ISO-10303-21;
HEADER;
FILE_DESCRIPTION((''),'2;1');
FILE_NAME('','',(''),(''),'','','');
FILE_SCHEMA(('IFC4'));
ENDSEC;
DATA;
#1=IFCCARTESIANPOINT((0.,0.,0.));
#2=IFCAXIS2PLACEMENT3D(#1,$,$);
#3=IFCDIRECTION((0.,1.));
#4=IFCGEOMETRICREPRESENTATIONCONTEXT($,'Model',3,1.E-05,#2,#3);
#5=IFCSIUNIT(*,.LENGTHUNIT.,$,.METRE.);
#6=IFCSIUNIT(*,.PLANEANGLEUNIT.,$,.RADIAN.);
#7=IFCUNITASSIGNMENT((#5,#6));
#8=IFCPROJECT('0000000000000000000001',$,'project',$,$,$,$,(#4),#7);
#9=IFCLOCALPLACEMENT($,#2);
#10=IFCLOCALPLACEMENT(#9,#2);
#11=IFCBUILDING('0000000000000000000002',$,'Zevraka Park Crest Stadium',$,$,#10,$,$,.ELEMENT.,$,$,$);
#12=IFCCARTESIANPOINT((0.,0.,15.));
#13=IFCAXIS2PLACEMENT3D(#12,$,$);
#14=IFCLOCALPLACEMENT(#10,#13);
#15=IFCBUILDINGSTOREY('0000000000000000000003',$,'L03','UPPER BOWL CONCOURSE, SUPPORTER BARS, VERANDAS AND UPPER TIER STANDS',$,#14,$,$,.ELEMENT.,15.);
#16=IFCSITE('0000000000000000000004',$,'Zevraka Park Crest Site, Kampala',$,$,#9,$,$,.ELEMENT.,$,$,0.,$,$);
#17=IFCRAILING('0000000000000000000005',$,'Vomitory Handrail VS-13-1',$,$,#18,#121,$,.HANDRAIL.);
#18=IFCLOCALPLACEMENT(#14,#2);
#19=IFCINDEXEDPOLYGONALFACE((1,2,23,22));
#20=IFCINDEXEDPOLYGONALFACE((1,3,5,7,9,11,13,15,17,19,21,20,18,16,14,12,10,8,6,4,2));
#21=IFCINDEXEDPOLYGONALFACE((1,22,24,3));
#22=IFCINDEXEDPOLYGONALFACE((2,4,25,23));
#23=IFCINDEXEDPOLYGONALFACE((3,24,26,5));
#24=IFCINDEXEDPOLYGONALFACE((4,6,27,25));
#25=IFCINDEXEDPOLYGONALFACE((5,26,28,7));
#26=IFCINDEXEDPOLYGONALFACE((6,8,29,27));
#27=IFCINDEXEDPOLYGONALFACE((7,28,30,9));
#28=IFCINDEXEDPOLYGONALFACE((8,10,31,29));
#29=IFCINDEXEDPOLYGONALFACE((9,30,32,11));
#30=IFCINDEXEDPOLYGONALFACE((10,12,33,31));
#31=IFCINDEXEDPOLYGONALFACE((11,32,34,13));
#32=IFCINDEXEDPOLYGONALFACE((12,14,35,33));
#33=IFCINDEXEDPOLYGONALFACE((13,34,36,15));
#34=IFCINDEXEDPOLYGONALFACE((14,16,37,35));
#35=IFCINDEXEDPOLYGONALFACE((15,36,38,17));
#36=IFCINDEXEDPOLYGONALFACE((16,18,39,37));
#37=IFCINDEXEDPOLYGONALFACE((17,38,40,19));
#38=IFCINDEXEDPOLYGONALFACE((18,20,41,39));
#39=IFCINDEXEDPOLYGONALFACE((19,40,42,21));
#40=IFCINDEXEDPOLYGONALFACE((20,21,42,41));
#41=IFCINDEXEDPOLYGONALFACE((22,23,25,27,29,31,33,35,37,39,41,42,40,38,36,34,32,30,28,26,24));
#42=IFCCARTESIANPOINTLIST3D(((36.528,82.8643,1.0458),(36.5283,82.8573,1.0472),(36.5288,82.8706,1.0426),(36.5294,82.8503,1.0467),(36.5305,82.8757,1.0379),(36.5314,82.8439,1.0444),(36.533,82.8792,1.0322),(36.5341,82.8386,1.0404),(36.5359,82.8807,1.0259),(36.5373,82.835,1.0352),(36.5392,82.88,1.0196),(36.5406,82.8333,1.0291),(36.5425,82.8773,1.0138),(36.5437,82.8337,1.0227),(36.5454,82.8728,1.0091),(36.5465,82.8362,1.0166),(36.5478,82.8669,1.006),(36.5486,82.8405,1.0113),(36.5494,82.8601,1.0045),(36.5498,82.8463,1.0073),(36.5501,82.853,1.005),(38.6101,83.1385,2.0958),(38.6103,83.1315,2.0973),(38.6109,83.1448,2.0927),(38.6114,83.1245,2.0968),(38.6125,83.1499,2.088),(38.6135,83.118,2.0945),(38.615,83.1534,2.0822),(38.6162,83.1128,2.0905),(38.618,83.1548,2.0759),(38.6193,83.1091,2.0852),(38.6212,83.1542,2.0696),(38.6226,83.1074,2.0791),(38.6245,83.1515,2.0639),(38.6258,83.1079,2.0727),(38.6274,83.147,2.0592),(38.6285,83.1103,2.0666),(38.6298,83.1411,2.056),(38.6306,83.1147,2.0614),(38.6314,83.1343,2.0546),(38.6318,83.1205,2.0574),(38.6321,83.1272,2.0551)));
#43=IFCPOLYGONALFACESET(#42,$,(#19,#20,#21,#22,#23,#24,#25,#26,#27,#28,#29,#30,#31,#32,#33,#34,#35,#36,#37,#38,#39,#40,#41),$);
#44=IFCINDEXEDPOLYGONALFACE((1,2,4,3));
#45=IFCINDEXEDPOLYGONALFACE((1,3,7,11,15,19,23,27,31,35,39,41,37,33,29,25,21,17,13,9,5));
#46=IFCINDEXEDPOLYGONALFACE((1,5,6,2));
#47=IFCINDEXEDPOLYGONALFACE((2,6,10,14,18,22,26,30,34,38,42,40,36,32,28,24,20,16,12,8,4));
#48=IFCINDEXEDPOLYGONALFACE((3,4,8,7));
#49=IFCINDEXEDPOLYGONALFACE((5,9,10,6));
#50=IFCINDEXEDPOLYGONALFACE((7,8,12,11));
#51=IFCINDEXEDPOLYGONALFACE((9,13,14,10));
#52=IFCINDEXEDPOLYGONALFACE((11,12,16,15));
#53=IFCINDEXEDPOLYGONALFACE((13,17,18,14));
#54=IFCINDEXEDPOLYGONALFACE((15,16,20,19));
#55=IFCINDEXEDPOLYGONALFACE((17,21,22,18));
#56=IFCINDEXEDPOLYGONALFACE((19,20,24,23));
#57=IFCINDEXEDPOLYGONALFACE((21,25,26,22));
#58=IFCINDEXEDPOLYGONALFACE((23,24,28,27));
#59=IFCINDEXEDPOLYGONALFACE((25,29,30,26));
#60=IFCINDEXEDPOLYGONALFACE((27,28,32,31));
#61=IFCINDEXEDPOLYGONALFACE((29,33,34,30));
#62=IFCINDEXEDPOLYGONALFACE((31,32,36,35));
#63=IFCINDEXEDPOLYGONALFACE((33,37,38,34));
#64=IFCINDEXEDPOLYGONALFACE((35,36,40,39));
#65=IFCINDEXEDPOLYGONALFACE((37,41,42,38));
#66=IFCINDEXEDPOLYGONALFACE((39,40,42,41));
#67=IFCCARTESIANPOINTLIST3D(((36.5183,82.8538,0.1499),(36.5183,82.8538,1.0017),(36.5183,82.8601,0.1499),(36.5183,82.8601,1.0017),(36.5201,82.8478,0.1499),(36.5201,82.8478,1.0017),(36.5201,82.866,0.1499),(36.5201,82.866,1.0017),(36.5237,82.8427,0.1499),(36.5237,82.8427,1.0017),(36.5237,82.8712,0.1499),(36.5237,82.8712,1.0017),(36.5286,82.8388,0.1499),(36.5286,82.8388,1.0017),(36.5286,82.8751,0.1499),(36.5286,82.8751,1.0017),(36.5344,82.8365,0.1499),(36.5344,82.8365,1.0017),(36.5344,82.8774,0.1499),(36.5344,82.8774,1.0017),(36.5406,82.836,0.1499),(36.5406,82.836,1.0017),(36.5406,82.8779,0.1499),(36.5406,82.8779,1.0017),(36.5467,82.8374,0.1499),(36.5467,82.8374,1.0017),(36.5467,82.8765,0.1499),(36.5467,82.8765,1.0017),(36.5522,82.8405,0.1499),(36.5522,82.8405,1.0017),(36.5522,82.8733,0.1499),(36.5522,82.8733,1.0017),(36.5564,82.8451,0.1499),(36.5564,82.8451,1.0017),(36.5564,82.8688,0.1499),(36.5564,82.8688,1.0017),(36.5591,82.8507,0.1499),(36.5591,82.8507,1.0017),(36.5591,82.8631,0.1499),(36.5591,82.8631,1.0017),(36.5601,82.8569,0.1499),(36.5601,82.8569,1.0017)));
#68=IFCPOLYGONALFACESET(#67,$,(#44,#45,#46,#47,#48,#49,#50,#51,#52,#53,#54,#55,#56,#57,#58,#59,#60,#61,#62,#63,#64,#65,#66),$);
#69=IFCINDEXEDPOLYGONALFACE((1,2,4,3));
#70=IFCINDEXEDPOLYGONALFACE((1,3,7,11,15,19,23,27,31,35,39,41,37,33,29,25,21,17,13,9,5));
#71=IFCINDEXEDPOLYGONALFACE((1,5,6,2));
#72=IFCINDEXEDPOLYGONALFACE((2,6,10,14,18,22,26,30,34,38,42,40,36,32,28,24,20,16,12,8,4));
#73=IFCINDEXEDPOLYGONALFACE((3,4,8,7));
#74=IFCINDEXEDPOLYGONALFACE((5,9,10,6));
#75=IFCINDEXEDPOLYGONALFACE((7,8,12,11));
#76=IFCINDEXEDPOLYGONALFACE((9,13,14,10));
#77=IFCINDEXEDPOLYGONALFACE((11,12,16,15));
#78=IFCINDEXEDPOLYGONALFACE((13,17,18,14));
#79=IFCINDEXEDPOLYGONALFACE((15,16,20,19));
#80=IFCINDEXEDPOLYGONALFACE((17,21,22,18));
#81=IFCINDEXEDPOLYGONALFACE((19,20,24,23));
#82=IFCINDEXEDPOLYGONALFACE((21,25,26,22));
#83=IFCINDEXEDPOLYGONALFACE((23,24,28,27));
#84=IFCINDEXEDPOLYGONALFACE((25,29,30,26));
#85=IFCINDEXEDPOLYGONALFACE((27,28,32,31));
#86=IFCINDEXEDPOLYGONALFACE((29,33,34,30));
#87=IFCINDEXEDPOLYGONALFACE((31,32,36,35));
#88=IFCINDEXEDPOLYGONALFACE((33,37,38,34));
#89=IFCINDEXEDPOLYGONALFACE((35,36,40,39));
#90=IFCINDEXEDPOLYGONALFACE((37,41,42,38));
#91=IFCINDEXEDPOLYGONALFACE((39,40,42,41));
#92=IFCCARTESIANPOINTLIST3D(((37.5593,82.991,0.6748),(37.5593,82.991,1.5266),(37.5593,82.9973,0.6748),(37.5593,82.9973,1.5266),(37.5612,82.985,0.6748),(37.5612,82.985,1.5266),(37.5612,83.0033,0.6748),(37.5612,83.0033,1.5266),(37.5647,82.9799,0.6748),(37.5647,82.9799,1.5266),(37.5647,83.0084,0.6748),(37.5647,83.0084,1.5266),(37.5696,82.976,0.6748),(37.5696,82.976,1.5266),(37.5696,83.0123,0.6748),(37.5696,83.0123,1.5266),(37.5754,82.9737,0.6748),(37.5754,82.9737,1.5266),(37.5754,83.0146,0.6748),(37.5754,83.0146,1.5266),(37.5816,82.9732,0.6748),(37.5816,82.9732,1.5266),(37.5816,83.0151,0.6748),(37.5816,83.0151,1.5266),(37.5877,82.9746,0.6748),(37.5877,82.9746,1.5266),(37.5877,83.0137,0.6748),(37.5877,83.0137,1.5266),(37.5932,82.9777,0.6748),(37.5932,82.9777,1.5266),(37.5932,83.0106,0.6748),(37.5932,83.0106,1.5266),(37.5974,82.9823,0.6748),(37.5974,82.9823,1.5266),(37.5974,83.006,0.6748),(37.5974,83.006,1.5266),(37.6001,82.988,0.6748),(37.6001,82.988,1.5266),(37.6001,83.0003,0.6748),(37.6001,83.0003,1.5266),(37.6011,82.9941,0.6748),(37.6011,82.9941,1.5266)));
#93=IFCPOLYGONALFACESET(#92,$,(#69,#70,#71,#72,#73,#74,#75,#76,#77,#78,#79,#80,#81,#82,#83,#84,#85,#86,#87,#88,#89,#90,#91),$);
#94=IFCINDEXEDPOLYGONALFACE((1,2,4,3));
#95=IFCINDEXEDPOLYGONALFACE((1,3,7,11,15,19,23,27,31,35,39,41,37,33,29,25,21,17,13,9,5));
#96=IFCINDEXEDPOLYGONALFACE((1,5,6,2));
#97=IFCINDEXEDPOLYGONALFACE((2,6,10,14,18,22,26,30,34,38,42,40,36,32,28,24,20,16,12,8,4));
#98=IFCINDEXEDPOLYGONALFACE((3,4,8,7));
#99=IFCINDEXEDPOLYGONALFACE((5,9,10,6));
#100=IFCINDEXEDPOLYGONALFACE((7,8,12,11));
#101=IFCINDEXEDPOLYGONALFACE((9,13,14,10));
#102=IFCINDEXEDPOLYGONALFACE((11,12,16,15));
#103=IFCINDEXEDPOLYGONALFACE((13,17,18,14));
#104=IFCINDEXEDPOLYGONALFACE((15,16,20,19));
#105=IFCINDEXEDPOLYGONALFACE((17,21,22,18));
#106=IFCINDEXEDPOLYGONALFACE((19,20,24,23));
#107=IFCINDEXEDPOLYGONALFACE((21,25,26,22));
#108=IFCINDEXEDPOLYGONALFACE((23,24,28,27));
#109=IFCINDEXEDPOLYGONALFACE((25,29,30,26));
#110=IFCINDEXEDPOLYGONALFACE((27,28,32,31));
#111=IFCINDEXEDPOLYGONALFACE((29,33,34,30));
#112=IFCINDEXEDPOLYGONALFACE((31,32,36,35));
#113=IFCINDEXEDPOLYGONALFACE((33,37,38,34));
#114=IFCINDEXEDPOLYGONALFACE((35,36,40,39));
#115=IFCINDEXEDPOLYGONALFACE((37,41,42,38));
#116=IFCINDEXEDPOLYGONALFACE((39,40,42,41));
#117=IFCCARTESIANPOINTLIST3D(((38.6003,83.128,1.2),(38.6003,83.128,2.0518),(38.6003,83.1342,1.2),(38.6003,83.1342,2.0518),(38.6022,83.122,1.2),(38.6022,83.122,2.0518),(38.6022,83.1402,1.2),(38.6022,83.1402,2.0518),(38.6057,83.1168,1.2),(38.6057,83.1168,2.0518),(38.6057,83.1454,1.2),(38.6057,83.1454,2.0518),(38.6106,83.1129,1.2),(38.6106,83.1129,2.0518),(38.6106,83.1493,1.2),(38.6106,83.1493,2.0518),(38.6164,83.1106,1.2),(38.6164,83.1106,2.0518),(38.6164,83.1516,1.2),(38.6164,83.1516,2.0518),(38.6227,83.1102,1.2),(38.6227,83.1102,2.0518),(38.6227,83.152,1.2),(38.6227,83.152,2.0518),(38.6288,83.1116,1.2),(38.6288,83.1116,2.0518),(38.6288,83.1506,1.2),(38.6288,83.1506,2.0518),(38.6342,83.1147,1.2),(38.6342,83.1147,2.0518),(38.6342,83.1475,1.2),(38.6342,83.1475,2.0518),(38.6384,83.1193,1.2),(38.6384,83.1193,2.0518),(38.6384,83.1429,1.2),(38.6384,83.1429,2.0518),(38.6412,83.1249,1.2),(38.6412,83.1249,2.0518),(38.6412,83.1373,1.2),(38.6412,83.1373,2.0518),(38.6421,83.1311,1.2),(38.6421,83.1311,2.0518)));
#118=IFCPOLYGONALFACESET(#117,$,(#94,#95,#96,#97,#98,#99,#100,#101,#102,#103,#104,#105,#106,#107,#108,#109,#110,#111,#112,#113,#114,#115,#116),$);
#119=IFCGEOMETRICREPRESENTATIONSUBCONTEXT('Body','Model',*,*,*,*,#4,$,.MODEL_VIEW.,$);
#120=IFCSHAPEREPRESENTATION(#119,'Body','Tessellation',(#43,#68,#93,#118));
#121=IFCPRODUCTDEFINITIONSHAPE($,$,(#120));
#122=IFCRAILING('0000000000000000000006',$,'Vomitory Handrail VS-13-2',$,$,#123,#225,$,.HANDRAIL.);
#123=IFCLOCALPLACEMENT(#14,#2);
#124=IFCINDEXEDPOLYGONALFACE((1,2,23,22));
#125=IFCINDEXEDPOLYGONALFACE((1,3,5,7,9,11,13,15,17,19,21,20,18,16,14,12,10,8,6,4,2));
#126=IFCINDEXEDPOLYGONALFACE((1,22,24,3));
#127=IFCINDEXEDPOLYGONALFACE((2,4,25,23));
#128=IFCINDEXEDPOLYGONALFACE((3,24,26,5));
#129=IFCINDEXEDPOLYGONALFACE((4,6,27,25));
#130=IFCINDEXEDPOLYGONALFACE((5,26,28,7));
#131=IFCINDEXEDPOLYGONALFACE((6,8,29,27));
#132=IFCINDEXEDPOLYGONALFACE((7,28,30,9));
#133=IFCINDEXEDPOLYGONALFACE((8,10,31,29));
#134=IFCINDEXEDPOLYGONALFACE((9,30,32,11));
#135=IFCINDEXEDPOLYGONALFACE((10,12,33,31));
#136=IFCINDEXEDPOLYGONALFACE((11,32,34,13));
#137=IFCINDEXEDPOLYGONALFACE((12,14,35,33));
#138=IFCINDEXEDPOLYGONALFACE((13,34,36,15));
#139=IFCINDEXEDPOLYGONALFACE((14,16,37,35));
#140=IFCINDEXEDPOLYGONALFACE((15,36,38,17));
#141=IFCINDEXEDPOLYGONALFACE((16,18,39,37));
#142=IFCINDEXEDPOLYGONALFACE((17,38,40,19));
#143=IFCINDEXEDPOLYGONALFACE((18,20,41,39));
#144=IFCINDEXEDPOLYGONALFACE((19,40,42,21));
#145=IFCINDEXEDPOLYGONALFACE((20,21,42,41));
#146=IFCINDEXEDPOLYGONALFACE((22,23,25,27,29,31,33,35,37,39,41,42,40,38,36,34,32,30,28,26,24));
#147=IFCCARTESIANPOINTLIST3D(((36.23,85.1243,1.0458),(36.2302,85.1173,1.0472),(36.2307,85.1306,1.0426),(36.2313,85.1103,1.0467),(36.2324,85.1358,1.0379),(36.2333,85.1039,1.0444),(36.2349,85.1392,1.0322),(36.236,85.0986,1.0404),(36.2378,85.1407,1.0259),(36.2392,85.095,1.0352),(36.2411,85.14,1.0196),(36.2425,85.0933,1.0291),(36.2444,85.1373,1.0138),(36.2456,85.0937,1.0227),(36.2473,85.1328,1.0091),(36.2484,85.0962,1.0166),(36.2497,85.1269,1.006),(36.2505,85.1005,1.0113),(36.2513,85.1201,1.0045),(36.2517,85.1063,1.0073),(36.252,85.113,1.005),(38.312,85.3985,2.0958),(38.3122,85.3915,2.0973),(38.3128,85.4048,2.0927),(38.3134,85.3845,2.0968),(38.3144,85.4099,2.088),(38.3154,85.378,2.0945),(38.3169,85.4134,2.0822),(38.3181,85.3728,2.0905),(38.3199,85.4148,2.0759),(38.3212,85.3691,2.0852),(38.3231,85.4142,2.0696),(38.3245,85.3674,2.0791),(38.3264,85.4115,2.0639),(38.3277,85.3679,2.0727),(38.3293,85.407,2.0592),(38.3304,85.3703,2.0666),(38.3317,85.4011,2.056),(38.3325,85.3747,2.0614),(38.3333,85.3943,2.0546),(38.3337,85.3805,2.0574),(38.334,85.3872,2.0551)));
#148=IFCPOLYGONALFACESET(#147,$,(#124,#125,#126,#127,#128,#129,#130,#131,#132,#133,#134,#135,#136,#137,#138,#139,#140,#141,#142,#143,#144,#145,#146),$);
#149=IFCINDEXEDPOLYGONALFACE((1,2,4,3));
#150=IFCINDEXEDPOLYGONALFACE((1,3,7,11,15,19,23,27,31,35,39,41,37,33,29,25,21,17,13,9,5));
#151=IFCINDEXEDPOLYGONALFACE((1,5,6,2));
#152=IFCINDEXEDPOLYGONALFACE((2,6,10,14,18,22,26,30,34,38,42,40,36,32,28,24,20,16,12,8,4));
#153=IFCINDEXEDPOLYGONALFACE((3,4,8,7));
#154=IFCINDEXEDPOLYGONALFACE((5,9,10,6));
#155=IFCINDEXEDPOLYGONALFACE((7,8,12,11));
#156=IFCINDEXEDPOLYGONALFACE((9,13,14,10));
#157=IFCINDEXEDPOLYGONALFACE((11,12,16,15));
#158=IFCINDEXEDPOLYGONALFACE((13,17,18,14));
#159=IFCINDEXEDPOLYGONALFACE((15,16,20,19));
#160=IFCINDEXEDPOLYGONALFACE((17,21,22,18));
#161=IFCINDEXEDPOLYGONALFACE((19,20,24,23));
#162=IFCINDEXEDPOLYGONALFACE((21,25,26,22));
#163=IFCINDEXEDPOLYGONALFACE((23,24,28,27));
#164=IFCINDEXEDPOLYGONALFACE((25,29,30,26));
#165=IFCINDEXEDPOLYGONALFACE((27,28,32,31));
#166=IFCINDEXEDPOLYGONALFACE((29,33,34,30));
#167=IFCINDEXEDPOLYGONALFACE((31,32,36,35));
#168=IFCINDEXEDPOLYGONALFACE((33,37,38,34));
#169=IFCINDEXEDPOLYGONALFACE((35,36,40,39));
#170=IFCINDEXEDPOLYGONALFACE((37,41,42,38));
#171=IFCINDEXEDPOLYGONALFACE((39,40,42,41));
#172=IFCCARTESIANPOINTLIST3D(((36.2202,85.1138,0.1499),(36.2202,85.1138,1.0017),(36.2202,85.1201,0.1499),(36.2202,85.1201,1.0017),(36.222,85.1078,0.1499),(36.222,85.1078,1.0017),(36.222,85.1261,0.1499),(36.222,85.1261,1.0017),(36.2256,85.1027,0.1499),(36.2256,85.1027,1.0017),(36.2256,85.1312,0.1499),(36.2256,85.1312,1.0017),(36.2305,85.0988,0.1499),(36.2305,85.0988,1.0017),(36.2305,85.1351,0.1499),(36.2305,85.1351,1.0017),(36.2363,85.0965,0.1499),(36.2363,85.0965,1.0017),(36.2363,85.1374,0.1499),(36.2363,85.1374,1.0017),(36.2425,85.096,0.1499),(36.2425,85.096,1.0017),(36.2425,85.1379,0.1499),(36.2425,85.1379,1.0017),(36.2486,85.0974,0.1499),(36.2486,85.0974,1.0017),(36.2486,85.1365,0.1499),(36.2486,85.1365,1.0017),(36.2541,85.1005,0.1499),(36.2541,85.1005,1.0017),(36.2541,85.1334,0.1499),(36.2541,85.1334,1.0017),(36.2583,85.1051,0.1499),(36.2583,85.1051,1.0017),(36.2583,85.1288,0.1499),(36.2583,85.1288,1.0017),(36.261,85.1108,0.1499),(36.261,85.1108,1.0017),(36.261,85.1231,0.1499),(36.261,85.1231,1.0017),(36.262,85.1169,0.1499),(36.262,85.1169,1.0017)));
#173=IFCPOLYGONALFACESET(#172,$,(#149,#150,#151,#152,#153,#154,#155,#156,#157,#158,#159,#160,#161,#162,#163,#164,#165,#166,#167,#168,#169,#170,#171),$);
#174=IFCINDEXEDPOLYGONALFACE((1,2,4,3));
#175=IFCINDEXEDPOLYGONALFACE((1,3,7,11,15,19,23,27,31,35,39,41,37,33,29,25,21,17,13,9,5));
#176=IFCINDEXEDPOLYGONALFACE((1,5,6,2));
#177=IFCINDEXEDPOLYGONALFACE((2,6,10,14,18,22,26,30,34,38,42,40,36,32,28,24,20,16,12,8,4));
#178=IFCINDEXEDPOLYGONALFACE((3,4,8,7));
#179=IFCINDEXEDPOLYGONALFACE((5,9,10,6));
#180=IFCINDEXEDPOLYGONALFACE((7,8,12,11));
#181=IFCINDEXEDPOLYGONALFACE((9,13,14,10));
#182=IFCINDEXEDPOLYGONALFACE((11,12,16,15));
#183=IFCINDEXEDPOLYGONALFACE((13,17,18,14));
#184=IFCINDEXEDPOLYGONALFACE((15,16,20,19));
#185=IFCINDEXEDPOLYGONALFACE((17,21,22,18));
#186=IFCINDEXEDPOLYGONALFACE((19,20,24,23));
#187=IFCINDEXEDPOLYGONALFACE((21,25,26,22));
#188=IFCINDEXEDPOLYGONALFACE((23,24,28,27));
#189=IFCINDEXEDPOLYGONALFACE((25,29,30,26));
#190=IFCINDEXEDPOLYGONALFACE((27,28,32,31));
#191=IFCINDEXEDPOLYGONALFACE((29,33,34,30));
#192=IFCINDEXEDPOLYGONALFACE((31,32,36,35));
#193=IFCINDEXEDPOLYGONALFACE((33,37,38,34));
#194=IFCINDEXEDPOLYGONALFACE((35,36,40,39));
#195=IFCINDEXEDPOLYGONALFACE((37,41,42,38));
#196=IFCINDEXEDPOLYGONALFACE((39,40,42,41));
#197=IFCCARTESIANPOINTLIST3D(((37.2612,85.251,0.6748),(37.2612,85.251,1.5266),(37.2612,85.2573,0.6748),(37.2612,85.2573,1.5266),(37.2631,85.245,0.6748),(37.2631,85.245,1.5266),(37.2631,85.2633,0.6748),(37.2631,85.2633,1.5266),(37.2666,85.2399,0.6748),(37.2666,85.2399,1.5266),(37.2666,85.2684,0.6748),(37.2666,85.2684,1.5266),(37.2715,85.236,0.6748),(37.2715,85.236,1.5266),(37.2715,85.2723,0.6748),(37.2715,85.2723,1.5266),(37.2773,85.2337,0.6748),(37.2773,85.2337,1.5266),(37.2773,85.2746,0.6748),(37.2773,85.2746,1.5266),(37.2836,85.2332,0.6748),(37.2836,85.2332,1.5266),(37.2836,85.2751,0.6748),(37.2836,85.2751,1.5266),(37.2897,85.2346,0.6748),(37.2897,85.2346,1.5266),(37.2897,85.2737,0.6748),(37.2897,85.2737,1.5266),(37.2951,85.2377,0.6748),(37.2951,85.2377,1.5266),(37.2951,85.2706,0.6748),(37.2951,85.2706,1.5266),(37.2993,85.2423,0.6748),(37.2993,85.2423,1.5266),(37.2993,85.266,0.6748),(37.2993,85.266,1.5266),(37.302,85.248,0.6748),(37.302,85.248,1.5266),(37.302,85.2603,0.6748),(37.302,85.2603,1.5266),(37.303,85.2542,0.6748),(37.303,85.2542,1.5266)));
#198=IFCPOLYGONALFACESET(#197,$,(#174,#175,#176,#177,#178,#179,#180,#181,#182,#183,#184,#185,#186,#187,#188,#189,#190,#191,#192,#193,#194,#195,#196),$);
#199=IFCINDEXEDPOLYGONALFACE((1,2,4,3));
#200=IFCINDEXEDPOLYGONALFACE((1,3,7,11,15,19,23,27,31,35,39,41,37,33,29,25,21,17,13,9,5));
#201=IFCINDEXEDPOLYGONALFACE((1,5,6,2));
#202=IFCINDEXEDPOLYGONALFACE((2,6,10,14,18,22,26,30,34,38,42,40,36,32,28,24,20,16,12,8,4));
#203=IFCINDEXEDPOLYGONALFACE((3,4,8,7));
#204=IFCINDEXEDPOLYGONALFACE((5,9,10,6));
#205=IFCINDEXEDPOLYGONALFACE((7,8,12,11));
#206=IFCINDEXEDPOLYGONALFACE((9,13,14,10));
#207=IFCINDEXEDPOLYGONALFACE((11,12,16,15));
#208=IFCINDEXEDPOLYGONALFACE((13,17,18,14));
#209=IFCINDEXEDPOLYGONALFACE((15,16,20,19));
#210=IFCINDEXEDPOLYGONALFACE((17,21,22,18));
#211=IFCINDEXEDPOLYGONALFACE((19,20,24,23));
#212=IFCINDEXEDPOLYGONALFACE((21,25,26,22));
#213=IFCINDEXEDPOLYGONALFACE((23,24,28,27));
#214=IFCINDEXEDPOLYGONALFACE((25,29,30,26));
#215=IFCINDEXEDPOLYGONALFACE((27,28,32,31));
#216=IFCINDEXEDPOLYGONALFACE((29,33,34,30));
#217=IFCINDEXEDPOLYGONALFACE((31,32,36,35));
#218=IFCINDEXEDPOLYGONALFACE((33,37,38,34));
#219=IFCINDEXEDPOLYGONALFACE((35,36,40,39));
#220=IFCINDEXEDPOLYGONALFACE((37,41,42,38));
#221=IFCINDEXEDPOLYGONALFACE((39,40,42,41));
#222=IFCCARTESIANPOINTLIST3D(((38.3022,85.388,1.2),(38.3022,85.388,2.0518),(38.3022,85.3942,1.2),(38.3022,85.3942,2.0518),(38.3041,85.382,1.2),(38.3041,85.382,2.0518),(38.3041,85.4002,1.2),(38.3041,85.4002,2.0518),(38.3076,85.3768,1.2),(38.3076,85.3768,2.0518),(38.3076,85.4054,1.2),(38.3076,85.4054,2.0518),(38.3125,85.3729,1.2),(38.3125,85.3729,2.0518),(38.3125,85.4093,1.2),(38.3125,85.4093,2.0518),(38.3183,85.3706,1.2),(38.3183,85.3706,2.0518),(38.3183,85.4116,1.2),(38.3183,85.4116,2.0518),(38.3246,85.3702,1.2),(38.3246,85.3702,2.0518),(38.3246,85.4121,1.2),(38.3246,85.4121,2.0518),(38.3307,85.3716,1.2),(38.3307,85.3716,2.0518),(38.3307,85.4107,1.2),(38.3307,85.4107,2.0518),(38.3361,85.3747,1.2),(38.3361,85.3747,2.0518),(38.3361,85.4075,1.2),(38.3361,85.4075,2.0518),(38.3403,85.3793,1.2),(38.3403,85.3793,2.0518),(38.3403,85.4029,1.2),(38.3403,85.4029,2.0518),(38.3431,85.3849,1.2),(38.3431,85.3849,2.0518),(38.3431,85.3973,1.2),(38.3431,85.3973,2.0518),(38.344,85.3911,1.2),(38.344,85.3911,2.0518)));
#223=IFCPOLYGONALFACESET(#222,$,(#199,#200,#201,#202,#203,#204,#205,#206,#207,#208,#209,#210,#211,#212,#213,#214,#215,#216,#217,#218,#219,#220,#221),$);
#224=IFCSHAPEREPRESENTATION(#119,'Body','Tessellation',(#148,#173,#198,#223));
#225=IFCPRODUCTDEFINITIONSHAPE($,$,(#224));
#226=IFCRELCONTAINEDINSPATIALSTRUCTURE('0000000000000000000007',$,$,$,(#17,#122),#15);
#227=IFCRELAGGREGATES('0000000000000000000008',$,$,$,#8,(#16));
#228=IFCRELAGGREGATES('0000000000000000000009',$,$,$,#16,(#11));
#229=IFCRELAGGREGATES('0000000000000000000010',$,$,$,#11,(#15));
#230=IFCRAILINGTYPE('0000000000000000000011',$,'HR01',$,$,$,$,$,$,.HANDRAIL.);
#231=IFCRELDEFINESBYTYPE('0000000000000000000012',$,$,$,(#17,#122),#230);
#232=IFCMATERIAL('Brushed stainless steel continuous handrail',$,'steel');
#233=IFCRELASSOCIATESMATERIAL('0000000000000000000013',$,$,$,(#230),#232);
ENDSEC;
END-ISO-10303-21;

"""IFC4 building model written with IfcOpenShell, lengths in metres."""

from ifc_helpers import new_model, si_unit, direction, frame, origin, origin_2d, place, context, subcontext, project, spatial, circle, extrude, material, type_object, element, save


model = new_model("IFC4")

# Units and contexts
model_context = context("Model", 3, precision=1e-05, world=origin(), true_north=direction((0.0, 1.0)))
body_context = subcontext(model_context, "Body", "Model", "MODEL_VIEW")
ifc_project = project(units=[si_unit("LENGTHUNIT", "METRE"), si_unit("PLANEANGLEUNIT", "RADIAN")], contexts=[model_context])

# Site, building, storey
site_placement = place(None, origin())
site = spatial("IfcSite", under=ifc_project, at=site_placement, Name="Zevraka Park Crest Site, Kampala", CompositionType="ELEMENT", RefElevation=0.0)
building_placement = place(site_placement, origin())
building = spatial("IfcBuilding", under=site, at=building_placement, Name="Zevraka Park Crest Stadium", CompositionType="ELEMENT")
storey_placement = place(building_placement, frame((0.0, 0.0, 15.0)))
storey = spatial("IfcBuildingStorey", under=building, at=storey_placement, Name="L03", Description="UPPER BOWL CONCOURSE, SUPPORTER BARS, VERANDAS AND UPPER TIER STANDS", CompositionType="ELEMENT", Elevation=15.0)

# Railings
ifc_material_1 = material(Name="Brushed stainless steel continuous handrail", Category="steel")
railing_type_1 = type_object("IfcRailingType", Name="HR01", PredefinedType="HANDRAIL", material=ifc_material_1)
for number, where, name in (
    (1, (36.5391, 82.8569, 0.1499), "Vomitory Handrail VS-13-1"),
    (2, (36.241, 85.1169, 0.1499), "Vomitory Handrail VS-13-2"),
):
    element("IfcRailing", number, at=place(storey_placement, frame(where)), inside=storey, type_object=railing_type_1, Name=name, PredefinedType="HANDRAIL", context=body_context, shape_type="SweptSolid", body=[
        extrude(circle(Radius=0.0239, at=origin_2d()), frame((0.0, 0.0, 0.876), z_axis=(0.886764, 0.116772, 0.447229), x_axis=(-0.130557, 0.991441, 0.0)), (0.0, 0.0, 1.0), 2.3479),
        extrude(circle(Radius=0.021, at=origin_2d()), origin(), (0.0, 0.0, 1.0), 0.8518),
        extrude(circle(Radius=0.021, at=origin_2d()), frame((1.041, 0.1372, 0.5249)), (0.0, 0.0, 1.0), 0.8518),
        extrude(circle(Radius=0.021, at=origin_2d()), frame((2.082, 0.2742, 1.05)), (0.0, 0.0, 1.0), 0.8518),
    ])

save(model, "model.ifc")
